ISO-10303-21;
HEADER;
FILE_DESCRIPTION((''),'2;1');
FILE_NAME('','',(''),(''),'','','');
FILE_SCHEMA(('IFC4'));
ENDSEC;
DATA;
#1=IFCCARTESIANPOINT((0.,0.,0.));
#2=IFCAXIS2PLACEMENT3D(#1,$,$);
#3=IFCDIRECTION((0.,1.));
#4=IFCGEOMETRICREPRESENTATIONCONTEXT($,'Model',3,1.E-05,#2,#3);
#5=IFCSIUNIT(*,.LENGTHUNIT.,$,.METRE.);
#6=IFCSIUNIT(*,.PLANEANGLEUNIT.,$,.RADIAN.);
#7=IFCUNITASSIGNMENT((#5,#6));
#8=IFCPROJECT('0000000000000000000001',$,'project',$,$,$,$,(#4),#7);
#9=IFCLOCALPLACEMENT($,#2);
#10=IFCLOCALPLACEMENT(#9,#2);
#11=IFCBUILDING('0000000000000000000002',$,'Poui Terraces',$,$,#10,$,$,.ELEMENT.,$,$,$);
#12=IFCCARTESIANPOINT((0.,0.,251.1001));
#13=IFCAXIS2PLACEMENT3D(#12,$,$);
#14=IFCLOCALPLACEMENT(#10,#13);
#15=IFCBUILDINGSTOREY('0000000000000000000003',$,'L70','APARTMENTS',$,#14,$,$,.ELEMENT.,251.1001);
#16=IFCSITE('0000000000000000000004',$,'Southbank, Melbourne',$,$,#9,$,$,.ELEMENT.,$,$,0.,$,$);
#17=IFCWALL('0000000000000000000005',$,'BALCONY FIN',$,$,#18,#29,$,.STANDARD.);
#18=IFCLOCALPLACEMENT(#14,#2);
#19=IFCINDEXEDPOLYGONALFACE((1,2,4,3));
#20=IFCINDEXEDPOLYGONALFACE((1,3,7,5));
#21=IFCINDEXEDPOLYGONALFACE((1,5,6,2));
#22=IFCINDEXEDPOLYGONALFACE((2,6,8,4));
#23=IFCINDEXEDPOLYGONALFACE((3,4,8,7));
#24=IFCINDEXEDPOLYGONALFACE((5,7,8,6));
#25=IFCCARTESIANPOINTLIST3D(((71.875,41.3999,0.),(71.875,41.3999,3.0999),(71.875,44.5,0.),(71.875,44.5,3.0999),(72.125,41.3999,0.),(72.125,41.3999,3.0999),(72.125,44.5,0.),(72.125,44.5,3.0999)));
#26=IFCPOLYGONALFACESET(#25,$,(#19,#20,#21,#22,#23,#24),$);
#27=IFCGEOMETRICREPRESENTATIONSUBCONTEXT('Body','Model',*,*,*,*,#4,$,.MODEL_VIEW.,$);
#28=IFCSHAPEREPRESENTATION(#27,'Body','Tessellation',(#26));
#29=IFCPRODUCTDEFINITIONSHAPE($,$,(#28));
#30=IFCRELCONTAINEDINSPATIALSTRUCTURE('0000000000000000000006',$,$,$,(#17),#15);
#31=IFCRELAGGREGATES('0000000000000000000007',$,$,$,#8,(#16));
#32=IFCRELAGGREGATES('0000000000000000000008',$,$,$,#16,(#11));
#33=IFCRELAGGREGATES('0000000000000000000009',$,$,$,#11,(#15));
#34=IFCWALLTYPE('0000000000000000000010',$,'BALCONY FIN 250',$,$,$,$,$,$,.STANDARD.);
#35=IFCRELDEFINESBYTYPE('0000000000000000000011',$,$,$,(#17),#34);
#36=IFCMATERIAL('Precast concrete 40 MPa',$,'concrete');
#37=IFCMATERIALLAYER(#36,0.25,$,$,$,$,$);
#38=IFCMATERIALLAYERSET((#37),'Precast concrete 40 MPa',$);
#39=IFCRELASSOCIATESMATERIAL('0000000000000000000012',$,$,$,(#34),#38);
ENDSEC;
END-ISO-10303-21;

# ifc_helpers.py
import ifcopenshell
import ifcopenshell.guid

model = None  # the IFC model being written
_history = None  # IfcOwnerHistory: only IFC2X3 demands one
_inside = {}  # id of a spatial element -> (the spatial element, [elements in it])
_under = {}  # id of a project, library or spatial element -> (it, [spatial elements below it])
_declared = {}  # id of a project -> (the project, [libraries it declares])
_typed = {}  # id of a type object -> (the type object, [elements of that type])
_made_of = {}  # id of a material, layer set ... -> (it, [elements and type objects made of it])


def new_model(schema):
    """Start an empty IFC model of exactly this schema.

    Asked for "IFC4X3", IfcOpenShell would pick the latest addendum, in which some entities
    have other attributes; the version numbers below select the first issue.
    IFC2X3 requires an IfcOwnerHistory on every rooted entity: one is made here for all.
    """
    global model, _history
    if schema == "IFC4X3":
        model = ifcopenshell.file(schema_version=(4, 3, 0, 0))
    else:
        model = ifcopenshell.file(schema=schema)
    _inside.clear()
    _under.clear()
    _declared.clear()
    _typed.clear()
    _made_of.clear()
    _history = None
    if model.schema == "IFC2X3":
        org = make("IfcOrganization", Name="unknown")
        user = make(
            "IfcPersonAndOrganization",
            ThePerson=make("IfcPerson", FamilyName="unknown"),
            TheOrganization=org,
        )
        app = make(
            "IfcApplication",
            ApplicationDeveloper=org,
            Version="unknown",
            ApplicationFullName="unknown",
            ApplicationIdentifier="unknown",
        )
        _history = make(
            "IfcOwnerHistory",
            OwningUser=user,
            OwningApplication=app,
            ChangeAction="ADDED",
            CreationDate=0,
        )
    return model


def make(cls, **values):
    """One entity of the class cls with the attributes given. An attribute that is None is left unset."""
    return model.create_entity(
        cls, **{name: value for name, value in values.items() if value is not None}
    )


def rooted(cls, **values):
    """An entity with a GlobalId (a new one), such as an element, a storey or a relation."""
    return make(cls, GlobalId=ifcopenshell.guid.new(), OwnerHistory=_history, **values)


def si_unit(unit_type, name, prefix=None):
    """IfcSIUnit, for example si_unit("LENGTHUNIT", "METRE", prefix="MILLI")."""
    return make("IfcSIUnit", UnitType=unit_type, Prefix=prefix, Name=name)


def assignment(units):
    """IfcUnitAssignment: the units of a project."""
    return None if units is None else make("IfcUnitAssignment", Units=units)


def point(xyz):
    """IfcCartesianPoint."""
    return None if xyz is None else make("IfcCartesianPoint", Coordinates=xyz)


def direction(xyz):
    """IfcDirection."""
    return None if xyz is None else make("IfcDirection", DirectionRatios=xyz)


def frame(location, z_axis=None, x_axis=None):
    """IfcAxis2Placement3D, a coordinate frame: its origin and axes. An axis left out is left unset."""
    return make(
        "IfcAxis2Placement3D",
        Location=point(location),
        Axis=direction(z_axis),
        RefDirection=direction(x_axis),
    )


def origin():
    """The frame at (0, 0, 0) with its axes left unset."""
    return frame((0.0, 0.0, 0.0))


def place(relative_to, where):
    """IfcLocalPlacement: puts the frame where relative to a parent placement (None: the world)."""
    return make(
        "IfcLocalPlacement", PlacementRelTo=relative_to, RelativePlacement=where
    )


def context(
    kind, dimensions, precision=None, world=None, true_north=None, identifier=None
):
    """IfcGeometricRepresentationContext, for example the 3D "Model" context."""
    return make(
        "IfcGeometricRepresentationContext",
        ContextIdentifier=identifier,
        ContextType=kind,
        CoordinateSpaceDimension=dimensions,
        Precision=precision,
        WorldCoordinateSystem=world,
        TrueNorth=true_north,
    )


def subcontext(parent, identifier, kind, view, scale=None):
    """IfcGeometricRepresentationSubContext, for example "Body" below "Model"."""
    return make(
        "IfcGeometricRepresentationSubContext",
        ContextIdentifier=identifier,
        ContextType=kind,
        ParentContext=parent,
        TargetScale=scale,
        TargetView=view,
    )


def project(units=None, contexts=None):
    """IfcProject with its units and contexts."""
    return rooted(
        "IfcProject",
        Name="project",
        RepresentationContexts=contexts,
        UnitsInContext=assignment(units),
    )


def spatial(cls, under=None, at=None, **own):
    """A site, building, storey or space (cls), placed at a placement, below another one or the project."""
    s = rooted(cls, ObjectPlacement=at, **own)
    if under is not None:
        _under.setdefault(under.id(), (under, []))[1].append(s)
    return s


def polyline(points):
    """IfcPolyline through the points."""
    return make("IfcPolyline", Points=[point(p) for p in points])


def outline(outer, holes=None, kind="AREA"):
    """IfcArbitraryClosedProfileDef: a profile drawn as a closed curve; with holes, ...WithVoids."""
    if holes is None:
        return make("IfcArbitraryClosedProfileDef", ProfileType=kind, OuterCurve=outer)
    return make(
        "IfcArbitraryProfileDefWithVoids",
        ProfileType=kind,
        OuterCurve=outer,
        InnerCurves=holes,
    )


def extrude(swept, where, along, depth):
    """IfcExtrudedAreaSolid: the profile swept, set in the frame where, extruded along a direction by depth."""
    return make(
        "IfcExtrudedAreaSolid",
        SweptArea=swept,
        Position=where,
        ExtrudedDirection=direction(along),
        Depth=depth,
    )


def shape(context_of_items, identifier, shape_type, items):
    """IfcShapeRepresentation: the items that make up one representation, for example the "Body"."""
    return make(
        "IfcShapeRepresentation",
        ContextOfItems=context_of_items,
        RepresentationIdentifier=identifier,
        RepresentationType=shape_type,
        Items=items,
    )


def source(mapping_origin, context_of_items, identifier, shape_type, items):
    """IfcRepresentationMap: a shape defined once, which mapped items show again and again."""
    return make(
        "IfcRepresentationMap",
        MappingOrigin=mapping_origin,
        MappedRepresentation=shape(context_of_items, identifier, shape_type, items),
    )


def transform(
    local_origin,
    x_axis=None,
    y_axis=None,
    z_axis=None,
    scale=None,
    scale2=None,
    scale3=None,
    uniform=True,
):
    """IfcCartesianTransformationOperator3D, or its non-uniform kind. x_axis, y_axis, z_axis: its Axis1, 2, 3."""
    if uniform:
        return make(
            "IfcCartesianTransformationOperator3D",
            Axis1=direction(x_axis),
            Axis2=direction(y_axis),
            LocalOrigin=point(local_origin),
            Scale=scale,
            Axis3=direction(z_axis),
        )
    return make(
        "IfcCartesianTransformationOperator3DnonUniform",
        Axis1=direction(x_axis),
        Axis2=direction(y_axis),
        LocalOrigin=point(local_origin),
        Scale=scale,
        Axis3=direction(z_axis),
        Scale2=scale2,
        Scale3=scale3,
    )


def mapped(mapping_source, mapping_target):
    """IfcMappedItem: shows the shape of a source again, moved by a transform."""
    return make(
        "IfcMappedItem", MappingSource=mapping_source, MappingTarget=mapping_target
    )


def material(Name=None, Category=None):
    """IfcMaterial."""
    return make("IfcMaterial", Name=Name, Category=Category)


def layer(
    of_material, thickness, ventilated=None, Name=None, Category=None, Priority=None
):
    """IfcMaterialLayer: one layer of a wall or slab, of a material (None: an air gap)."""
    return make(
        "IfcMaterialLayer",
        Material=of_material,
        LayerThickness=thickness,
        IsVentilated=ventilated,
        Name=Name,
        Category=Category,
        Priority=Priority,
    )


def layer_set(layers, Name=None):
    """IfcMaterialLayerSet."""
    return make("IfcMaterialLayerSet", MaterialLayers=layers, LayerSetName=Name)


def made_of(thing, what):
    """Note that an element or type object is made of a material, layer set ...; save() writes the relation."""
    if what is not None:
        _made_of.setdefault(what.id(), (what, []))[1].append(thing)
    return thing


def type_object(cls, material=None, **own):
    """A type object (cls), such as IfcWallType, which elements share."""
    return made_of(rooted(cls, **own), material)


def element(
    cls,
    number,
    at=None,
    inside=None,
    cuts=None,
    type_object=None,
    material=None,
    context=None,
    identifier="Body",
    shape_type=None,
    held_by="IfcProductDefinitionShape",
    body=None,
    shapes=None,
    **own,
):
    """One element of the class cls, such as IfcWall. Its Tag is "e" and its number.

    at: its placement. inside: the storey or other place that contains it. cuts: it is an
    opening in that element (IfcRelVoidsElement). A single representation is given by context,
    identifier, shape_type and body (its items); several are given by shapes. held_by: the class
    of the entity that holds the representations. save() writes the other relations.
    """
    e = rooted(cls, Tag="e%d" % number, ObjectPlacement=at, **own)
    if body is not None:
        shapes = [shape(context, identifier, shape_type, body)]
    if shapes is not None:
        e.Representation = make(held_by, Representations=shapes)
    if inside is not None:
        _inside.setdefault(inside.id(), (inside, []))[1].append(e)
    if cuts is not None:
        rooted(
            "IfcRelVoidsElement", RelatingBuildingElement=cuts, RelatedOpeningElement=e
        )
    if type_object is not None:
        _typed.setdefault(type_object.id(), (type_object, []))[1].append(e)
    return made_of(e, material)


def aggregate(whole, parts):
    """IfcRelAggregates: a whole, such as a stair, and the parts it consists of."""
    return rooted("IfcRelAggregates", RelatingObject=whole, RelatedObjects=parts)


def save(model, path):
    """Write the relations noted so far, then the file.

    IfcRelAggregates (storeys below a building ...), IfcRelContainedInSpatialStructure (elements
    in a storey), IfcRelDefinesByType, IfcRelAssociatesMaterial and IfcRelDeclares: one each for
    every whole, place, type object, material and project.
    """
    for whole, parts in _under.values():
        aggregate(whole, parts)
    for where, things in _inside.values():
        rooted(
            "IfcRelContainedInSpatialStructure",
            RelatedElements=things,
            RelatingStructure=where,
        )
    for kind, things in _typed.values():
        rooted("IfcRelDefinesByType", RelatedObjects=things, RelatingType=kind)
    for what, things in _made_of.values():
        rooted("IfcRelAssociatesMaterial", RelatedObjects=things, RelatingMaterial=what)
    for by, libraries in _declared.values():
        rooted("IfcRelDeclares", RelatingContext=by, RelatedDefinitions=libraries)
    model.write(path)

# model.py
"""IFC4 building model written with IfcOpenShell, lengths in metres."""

from ifc_helpers import new_model, si_unit, direction, frame, origin, place, context, subcontext, project, spatial, polyline, outline, extrude, source, transform, mapped, material, layer, layer_set, type_object, element, save


model = new_model("IFC4")

# Units and contexts
model_context = context("Model", 3, precision=1e-05, world=origin(), true_north=direction((0.0, 1.0)))
body_context = subcontext(model_context, "Body", "Model", "MODEL_VIEW")
ifc_project = project(units=[si_unit("LENGTHUNIT", "METRE"), si_unit("PLANEANGLEUNIT", "RADIAN")], contexts=[model_context])

# Site, building, storey
site_placement = place(None, origin())
site = spatial("IfcSite", under=ifc_project, at=site_placement, Name="Southbank, Melbourne", CompositionType="ELEMENT", RefElevation=0.0)
building_placement = place(site_placement, origin())
building = spatial("IfcBuilding", under=site, at=building_placement, Name="Poui Terraces", CompositionType="ELEMENT")
storey_placement = place(building_placement, frame((0.0, 0.0, 251.1001)))
storey = spatial("IfcBuildingStorey", under=building, at=storey_placement, Name="L70", Description="APARTMENTS", CompositionType="ELEMENT", Elevation=251.1001)

# Wall
ifc_material_1 = material(Name="Precast concrete 40 MPa", Category="concrete")
ifc_layer = layer(ifc_material_1, 0.25)
ifc_layer_set = layer_set([ifc_layer], Name="Precast concrete 40 MPa")
wall_type = type_object("IfcWallType", Name="BALCONY FIN 250", PredefinedType="STANDARD", material=ifc_layer_set)
shared_shape = source(origin(), body_context, "Body", "SweptSolid", [
    extrude(outline(polyline([(0.0, 0.0), (0.25, 0.0), (0.25, 3.1001), (0.0, 3.1001), (0.0, 0.0)])), origin(), (0.0, 0.0, 1.0), 3.0999),
])
wall_placement = place(storey_placement, frame((71.875, 41.3999, 0.0)))
element("IfcWall", 1, at=wall_placement, inside=storey, type_object=wall_type, Name="BALCONY FIN", PredefinedType="STANDARD", context=body_context, shape_type="MappedRepresentation", body=[
    mapped(shared_shape, transform((0.0, 0.0, 0.0))),
])

save(model, "model.ifc")
